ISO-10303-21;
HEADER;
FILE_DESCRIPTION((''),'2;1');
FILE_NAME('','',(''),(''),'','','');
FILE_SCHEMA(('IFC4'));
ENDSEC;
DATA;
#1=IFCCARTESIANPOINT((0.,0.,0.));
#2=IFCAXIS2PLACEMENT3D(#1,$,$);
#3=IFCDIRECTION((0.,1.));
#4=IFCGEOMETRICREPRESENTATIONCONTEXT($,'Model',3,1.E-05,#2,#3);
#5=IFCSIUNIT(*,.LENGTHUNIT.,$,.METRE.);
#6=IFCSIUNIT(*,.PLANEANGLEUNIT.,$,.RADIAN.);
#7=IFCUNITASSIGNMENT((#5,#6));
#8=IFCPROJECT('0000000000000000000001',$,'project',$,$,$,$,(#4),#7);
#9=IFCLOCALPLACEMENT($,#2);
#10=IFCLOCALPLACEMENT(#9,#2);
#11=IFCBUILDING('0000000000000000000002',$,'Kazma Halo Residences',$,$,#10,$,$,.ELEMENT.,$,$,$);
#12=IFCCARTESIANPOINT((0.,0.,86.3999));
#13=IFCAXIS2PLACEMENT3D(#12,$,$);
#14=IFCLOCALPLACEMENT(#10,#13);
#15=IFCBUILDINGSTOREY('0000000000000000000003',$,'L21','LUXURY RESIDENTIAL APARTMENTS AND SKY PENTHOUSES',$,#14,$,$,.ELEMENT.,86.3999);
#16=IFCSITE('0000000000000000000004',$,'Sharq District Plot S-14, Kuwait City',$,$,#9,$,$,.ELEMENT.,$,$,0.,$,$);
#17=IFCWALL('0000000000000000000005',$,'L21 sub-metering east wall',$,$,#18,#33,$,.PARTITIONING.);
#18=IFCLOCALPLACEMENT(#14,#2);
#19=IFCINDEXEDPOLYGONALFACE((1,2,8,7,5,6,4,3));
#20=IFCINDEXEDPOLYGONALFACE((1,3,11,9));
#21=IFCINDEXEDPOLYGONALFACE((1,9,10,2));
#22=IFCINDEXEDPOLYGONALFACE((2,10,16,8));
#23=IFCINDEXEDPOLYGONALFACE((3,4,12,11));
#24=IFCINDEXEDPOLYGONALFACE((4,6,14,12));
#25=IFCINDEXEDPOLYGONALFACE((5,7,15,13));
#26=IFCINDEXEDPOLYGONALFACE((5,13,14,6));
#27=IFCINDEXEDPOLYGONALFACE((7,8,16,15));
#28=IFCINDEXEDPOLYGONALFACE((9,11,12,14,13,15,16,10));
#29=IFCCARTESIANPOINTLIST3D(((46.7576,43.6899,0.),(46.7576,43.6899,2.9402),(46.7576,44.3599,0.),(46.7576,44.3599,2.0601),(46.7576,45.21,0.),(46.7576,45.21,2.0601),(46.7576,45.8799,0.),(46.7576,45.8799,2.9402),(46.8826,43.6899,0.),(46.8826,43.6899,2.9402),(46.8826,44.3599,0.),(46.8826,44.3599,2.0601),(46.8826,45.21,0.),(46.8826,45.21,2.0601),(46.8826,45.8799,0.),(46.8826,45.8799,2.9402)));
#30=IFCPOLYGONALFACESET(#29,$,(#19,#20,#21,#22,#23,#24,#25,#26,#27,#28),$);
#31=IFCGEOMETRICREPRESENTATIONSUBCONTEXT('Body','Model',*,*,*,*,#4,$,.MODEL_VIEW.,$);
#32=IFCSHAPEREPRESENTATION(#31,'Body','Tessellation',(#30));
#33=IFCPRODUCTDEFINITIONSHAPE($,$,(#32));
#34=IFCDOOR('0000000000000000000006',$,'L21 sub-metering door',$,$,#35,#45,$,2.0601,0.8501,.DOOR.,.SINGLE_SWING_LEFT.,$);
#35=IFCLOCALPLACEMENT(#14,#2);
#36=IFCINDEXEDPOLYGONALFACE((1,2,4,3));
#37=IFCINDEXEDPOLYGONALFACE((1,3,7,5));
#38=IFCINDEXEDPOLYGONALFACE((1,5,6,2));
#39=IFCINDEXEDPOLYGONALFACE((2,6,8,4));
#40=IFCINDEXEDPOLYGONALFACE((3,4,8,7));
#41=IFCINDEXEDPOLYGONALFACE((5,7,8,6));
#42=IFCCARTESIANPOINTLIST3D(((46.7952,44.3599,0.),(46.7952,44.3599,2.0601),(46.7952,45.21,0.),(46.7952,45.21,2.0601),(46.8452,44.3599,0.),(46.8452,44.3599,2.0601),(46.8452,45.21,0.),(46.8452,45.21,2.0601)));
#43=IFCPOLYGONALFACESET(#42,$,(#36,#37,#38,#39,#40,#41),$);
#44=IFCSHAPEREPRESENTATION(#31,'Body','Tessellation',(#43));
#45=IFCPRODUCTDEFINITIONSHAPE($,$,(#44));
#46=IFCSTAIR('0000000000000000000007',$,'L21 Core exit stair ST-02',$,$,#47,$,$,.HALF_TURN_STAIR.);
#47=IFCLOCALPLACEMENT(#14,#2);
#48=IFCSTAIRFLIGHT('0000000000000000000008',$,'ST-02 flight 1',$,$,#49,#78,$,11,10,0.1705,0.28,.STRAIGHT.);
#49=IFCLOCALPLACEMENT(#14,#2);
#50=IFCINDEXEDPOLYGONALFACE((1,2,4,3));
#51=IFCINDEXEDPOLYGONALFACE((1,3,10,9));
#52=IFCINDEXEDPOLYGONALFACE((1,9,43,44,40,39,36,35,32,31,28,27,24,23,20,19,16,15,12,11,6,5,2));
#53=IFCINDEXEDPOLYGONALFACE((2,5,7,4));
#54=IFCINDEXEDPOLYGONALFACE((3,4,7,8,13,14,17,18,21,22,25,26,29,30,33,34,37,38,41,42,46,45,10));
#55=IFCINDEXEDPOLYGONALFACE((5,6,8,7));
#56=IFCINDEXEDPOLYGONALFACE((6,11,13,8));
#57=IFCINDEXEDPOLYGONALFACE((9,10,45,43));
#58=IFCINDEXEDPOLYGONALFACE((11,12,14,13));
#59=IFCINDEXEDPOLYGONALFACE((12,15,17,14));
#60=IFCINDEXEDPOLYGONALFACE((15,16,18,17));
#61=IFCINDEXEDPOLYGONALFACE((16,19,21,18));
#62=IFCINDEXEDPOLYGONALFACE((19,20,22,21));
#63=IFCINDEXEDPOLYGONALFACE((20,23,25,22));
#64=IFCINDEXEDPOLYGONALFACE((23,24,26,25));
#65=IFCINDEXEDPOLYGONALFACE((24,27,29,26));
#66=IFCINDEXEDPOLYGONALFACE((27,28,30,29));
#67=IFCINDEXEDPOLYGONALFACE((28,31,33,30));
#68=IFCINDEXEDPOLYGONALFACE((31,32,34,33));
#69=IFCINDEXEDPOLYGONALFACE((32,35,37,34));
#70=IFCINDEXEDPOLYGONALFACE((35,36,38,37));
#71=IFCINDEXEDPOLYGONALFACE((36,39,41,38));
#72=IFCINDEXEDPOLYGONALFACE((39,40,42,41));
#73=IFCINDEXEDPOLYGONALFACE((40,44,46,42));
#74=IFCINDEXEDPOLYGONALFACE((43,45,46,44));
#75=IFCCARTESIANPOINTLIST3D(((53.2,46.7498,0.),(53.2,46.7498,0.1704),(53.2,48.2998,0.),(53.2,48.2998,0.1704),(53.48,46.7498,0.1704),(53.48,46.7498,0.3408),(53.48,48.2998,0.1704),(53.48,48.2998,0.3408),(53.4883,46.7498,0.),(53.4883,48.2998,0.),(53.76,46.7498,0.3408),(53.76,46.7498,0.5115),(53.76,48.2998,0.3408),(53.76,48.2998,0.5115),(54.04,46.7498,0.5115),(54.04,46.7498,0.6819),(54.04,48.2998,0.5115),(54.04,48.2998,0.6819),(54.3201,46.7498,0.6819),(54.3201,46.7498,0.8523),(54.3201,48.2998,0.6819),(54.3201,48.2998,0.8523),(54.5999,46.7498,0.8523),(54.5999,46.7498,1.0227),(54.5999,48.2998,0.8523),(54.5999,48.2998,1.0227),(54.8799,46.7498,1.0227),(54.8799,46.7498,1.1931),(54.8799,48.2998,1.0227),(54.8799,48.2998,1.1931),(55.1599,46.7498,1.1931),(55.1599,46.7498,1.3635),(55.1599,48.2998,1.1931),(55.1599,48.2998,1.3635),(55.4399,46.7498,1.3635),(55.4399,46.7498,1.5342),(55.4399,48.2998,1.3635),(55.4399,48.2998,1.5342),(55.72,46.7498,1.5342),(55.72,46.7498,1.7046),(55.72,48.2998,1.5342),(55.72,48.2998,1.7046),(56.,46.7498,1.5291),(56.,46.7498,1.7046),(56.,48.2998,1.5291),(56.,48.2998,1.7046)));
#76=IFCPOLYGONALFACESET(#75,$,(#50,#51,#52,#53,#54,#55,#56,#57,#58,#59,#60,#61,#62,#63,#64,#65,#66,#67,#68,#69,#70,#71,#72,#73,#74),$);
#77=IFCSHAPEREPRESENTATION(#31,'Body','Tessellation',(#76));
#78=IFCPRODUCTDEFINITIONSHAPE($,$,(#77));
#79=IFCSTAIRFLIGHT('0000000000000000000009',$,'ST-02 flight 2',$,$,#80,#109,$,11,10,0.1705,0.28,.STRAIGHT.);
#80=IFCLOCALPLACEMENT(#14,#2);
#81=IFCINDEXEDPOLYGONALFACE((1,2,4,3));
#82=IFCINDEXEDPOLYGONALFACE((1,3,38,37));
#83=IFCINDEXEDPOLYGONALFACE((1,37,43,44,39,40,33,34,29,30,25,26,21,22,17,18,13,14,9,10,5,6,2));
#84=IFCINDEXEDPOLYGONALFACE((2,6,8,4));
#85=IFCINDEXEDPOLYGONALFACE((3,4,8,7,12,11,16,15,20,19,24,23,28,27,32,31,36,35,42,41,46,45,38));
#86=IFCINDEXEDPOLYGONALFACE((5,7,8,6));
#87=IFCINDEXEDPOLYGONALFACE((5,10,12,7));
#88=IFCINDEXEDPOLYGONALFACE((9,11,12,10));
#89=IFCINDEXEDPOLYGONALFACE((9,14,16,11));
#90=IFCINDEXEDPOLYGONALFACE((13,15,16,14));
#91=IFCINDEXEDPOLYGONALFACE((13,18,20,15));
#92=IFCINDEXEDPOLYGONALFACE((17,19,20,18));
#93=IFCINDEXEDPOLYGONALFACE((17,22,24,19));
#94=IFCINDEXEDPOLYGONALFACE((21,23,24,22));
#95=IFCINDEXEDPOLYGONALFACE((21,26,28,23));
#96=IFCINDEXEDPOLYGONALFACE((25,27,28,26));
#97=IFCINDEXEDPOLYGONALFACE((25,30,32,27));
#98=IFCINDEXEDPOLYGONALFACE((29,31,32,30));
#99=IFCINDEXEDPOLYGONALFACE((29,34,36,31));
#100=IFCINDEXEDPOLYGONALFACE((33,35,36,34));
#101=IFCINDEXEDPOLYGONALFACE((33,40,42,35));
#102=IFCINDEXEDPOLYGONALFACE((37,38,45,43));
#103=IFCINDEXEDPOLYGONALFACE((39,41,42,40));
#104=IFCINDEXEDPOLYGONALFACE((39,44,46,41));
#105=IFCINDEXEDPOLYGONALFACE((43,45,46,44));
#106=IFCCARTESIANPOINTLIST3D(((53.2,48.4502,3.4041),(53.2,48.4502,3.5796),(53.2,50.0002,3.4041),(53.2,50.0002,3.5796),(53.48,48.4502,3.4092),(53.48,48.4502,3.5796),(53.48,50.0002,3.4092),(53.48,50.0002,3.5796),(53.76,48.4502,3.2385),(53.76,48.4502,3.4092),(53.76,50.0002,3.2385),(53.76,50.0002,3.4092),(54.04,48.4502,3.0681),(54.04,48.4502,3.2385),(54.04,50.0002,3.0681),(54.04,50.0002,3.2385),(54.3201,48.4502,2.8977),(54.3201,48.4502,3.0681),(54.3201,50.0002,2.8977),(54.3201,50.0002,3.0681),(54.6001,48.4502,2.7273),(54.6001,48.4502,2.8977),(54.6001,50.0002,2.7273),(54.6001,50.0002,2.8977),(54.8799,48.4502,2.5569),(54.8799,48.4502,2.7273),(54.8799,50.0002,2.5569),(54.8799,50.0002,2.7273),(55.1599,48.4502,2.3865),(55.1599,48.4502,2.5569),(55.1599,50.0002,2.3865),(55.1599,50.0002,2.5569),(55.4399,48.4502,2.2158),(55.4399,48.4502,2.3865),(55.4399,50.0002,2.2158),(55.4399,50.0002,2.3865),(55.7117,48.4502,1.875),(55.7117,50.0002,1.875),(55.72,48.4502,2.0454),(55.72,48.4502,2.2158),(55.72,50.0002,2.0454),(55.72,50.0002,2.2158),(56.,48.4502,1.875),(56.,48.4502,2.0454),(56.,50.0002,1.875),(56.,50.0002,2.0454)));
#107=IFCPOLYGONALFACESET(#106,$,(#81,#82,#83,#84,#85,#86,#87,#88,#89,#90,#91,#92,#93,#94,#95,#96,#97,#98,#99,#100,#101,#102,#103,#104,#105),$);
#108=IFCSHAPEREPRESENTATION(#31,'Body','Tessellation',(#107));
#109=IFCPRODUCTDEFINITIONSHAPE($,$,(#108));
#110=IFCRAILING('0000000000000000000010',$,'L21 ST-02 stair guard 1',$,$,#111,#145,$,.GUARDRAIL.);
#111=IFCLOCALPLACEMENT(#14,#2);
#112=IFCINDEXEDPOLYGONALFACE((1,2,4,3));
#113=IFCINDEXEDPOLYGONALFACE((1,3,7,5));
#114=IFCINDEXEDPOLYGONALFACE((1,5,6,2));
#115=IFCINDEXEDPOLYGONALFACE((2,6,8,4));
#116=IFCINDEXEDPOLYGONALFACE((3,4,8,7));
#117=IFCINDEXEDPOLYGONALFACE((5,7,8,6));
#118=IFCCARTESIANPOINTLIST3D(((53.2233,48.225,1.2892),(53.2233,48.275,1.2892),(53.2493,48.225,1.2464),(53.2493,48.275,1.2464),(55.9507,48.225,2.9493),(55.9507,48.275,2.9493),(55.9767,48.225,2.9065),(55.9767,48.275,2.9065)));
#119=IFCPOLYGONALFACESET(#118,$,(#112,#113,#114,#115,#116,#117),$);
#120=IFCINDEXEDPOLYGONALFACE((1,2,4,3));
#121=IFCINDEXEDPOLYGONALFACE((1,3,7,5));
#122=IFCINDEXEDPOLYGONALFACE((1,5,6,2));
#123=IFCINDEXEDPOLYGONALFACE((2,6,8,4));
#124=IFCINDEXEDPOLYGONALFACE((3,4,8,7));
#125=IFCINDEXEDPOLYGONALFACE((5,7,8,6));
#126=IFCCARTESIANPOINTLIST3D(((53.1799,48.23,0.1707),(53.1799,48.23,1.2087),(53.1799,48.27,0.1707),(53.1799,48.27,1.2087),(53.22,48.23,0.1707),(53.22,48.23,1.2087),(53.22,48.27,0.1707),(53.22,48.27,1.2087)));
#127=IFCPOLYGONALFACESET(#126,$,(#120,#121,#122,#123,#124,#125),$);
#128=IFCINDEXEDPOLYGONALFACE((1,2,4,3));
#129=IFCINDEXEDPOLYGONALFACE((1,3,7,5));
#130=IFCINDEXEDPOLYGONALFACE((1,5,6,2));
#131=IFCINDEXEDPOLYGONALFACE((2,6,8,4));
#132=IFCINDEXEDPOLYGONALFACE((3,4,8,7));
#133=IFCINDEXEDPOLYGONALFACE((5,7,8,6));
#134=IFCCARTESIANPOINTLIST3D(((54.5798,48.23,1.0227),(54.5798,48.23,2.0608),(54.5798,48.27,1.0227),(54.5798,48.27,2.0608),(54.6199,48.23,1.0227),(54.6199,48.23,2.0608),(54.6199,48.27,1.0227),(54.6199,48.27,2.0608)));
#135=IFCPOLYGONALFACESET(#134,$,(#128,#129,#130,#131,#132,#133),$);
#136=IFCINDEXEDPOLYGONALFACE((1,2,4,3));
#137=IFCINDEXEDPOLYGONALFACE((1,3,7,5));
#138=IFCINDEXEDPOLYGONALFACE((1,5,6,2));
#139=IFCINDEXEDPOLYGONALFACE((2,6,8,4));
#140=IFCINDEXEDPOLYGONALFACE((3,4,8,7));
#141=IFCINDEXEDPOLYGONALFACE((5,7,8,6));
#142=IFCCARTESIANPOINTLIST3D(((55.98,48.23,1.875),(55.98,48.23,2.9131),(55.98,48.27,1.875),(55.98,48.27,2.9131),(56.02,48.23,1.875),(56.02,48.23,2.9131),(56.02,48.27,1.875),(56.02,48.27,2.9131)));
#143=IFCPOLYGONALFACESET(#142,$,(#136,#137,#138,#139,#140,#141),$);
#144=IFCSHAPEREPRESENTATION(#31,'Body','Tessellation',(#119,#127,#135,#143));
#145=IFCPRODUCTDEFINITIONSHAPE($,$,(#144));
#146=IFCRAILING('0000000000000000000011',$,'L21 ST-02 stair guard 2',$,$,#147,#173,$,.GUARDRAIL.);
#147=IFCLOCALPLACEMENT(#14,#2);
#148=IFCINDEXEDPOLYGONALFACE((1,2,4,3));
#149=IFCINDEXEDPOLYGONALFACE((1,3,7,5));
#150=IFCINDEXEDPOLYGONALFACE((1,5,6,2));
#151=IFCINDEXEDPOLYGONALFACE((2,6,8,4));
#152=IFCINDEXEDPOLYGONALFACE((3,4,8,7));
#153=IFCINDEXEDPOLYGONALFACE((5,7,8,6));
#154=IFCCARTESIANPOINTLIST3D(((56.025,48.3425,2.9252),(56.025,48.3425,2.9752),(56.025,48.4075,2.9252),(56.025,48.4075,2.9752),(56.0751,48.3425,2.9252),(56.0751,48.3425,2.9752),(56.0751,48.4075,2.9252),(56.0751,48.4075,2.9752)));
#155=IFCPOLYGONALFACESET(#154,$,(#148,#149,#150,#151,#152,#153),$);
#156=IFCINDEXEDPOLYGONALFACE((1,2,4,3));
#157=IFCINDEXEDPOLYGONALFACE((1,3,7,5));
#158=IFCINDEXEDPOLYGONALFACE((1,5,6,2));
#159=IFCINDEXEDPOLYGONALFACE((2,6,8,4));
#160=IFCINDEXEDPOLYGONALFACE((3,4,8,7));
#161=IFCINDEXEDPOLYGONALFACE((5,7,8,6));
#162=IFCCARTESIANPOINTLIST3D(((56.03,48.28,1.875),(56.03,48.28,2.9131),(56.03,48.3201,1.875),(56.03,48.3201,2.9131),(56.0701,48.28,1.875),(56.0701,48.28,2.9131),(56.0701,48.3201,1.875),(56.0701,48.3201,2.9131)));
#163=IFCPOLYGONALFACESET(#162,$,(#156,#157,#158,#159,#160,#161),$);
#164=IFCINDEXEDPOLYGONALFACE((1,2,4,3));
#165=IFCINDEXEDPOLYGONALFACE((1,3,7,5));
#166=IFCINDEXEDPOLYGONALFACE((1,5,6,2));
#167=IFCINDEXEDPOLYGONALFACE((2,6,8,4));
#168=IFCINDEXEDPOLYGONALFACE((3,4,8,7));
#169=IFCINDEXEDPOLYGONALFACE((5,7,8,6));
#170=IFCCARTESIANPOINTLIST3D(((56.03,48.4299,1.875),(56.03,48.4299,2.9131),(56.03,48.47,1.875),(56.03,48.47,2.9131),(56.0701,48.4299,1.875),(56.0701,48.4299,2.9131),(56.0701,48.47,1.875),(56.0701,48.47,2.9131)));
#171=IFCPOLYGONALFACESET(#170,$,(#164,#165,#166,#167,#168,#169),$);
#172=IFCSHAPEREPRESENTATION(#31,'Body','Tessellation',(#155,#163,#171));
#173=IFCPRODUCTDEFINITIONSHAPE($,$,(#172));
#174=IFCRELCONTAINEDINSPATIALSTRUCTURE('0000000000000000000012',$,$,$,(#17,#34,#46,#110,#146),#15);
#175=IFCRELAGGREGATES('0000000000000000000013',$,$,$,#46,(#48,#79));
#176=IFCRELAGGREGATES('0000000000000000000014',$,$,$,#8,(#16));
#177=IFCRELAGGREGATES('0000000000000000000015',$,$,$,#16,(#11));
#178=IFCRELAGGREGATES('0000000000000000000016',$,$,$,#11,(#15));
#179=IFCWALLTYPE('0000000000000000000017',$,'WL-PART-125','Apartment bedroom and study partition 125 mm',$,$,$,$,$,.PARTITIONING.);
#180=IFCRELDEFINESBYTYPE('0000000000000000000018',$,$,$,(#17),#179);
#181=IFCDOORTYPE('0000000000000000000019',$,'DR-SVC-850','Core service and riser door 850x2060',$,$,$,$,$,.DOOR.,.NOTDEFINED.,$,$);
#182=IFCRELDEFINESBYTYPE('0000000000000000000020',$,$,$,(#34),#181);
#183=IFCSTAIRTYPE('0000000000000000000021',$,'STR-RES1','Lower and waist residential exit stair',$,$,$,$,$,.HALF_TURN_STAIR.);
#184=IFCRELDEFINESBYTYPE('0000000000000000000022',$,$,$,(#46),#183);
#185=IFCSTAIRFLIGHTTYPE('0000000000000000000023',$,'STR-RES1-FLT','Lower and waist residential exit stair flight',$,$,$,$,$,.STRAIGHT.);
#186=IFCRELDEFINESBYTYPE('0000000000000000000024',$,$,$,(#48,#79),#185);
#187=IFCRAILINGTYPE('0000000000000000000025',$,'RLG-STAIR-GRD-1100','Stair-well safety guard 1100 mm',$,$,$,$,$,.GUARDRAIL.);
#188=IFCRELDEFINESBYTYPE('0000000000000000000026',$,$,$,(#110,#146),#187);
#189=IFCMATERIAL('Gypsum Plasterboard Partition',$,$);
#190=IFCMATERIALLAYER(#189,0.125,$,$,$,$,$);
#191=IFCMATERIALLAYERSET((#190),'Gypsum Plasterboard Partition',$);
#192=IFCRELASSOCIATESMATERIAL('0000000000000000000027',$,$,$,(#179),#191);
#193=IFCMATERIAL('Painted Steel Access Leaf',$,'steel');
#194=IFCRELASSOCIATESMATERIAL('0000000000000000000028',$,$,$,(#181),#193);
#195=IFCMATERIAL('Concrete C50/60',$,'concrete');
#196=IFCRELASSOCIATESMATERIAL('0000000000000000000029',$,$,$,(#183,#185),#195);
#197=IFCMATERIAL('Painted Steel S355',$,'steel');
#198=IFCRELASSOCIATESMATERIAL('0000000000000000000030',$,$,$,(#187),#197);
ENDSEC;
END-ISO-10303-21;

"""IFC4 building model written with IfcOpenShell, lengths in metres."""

from ifc_helpers import new_model, si_unit, direction, frame, frame_2d, origin, origin_2d, place, context, subcontext, project, spatial, polyline, rectangle, outline, extrude, material, layer, layer_set, type_object, element, fill, aggregate, save


model = new_model("IFC4")

# Units and contexts
model_context = context("Model", 3, precision=1e-05, world=origin(), true_north=direction((0.0, 1.0)))
body_context = subcontext(model_context, "Body", "Model", "MODEL_VIEW")
ifc_project = project(units=[si_unit("LENGTHUNIT", "METRE"), si_unit("PLANEANGLEUNIT", "RADIAN")], contexts=[model_context])

# Site, building, storey
site_placement = place(None, origin())
site = spatial("IfcSite", under=ifc_project, at=site_placement, Name="Sharq District Plot S-14, Kuwait City", CompositionType="ELEMENT", RefElevation=0.0)
building_placement = place(site_placement, origin())
building = spatial("IfcBuilding", under=site, at=building_placement, Name="Kazma Halo Residences", CompositionType="ELEMENT")
storey_placement = place(building_placement, frame((0.0, 0.0, 86.3999)))
storey = spatial("IfcBuildingStorey", under=building, at=storey_placement, Name="L21", Description="LUXURY RESIDENTIAL APARTMENTS AND SKY PENTHOUSES", CompositionType="ELEMENT", Elevation=86.3999)

# Wall, opening, door
ifc_material_1 = material(Name="Gypsum Plasterboard Partition")
ifc_layer_1 = layer(ifc_material_1, 0.125)
ifc_layer_set_1 = layer_set([ifc_layer_1], Name="Gypsum Plasterboard Partition")
wall_type_1 = type_object("IfcWallType", Name="WL-PART-125", Description="Apartment bedroom and study partition 125 mm", PredefinedType="PARTITIONING", material=ifc_layer_set_1)
wall_1_placement = place(storey_placement, frame((46.8201, 43.6899, 0.0), z_axis=(0.0, 0.0, 1.0), x_axis=(0.0, 1.0, 0.0)))
wall_1 = element("IfcWall", 1, at=wall_1_placement, inside=storey, type_object=wall_type_1, Name="L21 sub-metering east wall", PredefinedType="PARTITIONING", context=body_context, shape_type="SweptSolid", body=[
    extrude(rectangle(XDim=2.1899, YDim=0.125, at=frame_2d((1.095, 0.0))), origin(), (0.0, 0.0, 1.0), 2.9402),
])
opening_1_placement = place(wall_1_placement, frame((0.6699, 0.0, 0.0)))
opening_1 = element("IfcOpeningElement", 2, at=opening_1_placement, cuts=wall_1, PredefinedType="OPENING", context=body_context, shape_type="SweptSolid", body=[
    extrude(rectangle(XDim=0.8501, YDim=2.0601, at=frame_2d((0.425, 1.03))), frame((0.0, 0.0725, 0.0), z_axis=(0.0, -1.0, 0.0), x_axis=(1.0, 0.0, 0.0)), (0.0, 0.0, 1.0), 0.145),
])
ifc_material_2 = material(Name="Painted Steel Access Leaf", Category="steel")
door_type_1 = type_object("IfcDoorType", Name="DR-SVC-850", Description="Core service and riser door 850x2060", OperationType="NOTDEFINED", PredefinedType="DOOR", material=ifc_material_2)
door_1_placement = place(opening_1_placement, origin())
door_1 = element("IfcDoor", 3, at=door_1_placement, inside=storey, type_object=door_type_1, Name="L21 sub-metering door", OperationType="SINGLE_SWING_LEFT", OverallHeight=2.0601, OverallWidth=0.8501, PredefinedType="DOOR", context=body_context, shape_type="SweptSolid", body=[
    extrude(rectangle(XDim=0.8501, YDim=2.0601, at=frame_2d((0.425, 1.03))), frame((0.0, 0.0249, 0.0), z_axis=(0.0, -1.0, 0.0), x_axis=(1.0, 0.0, 0.0)), (0.0, 0.0, 1.0), 0.05),
])
fill(opening_1, door_1)
ifc_material_3 = material(Name="Concrete C50/60", Category="concrete")

# Stair, stair flights
stair_type = type_object("IfcStairType", Name="STR-RES1", Description="Lower and waist residential exit stair", PredefinedType="HALF_TURN_STAIR", material=ifc_material_3)
stair_placement = place(storey_placement, origin())
stair = element("IfcStair", 4, at=stair_placement, inside=storey, type_object=stair_type, Name="L21 Core exit stair ST-02", PredefinedType="HALF_TURN_STAIR")
stair_flight_type = type_object("IfcStairFlightType", Name="STR-RES1-FLT", Description="Lower and waist residential exit stair flight", PredefinedType="STRAIGHT", material=ifc_material_3)
stair_flight_1_placement = place(storey_placement, frame((53.2, 47.5249, 0.0), z_axis=(0.0, 0.0, 1.0), x_axis=(1.0, 0.0, 0.0)))
stair_flight_1 = element("IfcStairFlight", 5, at=stair_flight_1_placement, type_object=stair_flight_type, Name="ST-02 flight 1", NumberOfRisers=11, NumberOfTreads=10, PredefinedType="STRAIGHT", RiserHeight=0.1705, TreadLength=0.28, context=body_context, shape_type="SweptSolid", body=[
    extrude(outline(polyline([(0.0, 0.0), (0.0, 0.1704), (0.28, 0.1704), (0.28, 0.3408), (0.5601, 0.3408), (0.5601, 0.5115), (0.8401, 0.5115), (0.8401, 0.6819), (1.1201, 0.6819), (1.1201, 0.8523), (1.3999, 0.8523), (1.3999, 1.0227), (1.6799, 1.0227), (1.6799, 1.1931), (1.96, 1.1931), (1.96, 1.3635), (2.24, 1.3635), (2.24, 1.5342), (2.52, 1.5342), (2.52, 1.7046), (2.8, 1.7046), (2.8, 1.875), (2.8, 1.5291), (0.2883, 0.0), (0.0, 0.0)])), frame((0.0, 0.7749, 0.0), z_axis=(0.0, -1.0, 0.0), x_axis=(1.0, 0.0, 0.0)), (0.0, 0.0, 1.0), 1.55),
])
stair_flight_2_placement = place(storey_placement, frame((56.0, 49.2251, 1.875), z_axis=(0.0, 0.0, 1.0), x_axis=(-1.0, 0.0, 0.0)))
stair_flight_2 = element("IfcStairFlight", 6, at=stair_flight_2_placement, type_object=stair_flight_type, Name="ST-02 flight 2", NumberOfRisers=11, NumberOfTreads=10, PredefinedType="STRAIGHT", RiserHeight=0.1705, TreadLength=0.28, context=body_context, shape_type="SweptSolid", body=[
    extrude(outline(polyline([(0.0, 0.0), (0.0, 0.1704), (0.28, 0.1704), (0.28, 0.3408), (0.5601, 0.3408), (0.5601, 0.5115), (0.8401, 0.5115), (0.8401, 0.6819), (1.1201, 0.6819), (1.1201, 0.8523), (1.3999, 0.8523), (1.3999, 1.0227), (1.6799, 1.0227), (1.6799, 1.1931), (1.96, 1.1931), (1.96, 1.3635), (2.24, 1.3635), (2.24, 1.5342), (2.52, 1.5342), (2.52, 1.7046), (2.8, 1.7046), (2.8, 1.875), (2.8, 1.5291), (0.2883, 0.0), (0.0, 0.0)])), frame((0.0, 0.7749, 0.0), z_axis=(0.0, -1.0, 0.0), x_axis=(1.0, 0.0, 0.0)), (0.0, 0.0, 1.0), 1.55),
])
aggregate(stair, [stair_flight_1, stair_flight_2])

# Railings
ifc_material_4 = material(Name="Painted Steel S355", Category="steel")
railing_type_1 = type_object("IfcRailingType", Name="RLG-STAIR-GRD-1100", Description="Stair-well safety guard 1100 mm", PredefinedType="GUARDRAIL", material=ifc_material_4)
railing_1_placement = place(storey_placement, frame((53.2, 48.25, 0.1707)))
element("IfcRailing", 7, at=railing_1_placement, inside=storey, type_object=railing_type_1, Name="L21 ST-02 stair guard 1", PredefinedType="GUARDRAIL", context=body_context, shape_type="SweptSolid", body=[
    extrude(rectangle(XDim=0.05, YDim=0.05, at=origin_2d()), frame((0.0364, 0.0, 1.0972), z_axis=(0.854203, 0.0, 0.51994), x_axis=(0.0, 1.0, 0.0)), (0.0, 0.0, 1.0), 3.1929),
    extrude(rectangle(XDim=0.04, YDim=0.04, at=origin_2d()), origin(), (0.0, 0.0, 1.0), 1.0381),
    extrude(rectangle(XDim=0.04, YDim=0.04, at=origin_2d()), frame((1.3999, 0.0, 0.8521)), (0.0, 0.0, 1.0), 1.0381),
    extrude(rectangle(XDim=0.04, YDim=0.04, at=origin_2d()), frame((2.8, 0.0, 1.7043)), (0.0, 0.0, 1.0), 1.0381),
])
railing_2_placement = place(storey_placement, frame((56.05, 48.3, 1.875)))
element("IfcRailing", 8, at=railing_2_placement, inside=storey, type_object=railing_type_1, Name="L21 ST-02 stair guard 2", PredefinedType="GUARDRAIL", context=body_context, shape_type="SweptSolid", body=[
    extrude(rectangle(XDim=0.05, YDim=0.05, at=origin_2d()), frame((0.0, 0.0425, 1.0752), z_axis=(0.0, 1.0, 0.0), x_axis=(-1.0, 0.0, 0.0)), (0.0, 0.0, 1.0), 0.0649),
    extrude(rectangle(XDim=0.04, YDim=0.04, at=origin_2d()), origin(), (0.0, 0.0, 1.0), 1.0381),
    extrude(rectangle(XDim=0.04, YDim=0.04, at=origin_2d()), frame((0.0, 0.1499, 0.0)), (0.0, 0.0, 1.0), 1.0381),
])

save(model, "model.ifc")
